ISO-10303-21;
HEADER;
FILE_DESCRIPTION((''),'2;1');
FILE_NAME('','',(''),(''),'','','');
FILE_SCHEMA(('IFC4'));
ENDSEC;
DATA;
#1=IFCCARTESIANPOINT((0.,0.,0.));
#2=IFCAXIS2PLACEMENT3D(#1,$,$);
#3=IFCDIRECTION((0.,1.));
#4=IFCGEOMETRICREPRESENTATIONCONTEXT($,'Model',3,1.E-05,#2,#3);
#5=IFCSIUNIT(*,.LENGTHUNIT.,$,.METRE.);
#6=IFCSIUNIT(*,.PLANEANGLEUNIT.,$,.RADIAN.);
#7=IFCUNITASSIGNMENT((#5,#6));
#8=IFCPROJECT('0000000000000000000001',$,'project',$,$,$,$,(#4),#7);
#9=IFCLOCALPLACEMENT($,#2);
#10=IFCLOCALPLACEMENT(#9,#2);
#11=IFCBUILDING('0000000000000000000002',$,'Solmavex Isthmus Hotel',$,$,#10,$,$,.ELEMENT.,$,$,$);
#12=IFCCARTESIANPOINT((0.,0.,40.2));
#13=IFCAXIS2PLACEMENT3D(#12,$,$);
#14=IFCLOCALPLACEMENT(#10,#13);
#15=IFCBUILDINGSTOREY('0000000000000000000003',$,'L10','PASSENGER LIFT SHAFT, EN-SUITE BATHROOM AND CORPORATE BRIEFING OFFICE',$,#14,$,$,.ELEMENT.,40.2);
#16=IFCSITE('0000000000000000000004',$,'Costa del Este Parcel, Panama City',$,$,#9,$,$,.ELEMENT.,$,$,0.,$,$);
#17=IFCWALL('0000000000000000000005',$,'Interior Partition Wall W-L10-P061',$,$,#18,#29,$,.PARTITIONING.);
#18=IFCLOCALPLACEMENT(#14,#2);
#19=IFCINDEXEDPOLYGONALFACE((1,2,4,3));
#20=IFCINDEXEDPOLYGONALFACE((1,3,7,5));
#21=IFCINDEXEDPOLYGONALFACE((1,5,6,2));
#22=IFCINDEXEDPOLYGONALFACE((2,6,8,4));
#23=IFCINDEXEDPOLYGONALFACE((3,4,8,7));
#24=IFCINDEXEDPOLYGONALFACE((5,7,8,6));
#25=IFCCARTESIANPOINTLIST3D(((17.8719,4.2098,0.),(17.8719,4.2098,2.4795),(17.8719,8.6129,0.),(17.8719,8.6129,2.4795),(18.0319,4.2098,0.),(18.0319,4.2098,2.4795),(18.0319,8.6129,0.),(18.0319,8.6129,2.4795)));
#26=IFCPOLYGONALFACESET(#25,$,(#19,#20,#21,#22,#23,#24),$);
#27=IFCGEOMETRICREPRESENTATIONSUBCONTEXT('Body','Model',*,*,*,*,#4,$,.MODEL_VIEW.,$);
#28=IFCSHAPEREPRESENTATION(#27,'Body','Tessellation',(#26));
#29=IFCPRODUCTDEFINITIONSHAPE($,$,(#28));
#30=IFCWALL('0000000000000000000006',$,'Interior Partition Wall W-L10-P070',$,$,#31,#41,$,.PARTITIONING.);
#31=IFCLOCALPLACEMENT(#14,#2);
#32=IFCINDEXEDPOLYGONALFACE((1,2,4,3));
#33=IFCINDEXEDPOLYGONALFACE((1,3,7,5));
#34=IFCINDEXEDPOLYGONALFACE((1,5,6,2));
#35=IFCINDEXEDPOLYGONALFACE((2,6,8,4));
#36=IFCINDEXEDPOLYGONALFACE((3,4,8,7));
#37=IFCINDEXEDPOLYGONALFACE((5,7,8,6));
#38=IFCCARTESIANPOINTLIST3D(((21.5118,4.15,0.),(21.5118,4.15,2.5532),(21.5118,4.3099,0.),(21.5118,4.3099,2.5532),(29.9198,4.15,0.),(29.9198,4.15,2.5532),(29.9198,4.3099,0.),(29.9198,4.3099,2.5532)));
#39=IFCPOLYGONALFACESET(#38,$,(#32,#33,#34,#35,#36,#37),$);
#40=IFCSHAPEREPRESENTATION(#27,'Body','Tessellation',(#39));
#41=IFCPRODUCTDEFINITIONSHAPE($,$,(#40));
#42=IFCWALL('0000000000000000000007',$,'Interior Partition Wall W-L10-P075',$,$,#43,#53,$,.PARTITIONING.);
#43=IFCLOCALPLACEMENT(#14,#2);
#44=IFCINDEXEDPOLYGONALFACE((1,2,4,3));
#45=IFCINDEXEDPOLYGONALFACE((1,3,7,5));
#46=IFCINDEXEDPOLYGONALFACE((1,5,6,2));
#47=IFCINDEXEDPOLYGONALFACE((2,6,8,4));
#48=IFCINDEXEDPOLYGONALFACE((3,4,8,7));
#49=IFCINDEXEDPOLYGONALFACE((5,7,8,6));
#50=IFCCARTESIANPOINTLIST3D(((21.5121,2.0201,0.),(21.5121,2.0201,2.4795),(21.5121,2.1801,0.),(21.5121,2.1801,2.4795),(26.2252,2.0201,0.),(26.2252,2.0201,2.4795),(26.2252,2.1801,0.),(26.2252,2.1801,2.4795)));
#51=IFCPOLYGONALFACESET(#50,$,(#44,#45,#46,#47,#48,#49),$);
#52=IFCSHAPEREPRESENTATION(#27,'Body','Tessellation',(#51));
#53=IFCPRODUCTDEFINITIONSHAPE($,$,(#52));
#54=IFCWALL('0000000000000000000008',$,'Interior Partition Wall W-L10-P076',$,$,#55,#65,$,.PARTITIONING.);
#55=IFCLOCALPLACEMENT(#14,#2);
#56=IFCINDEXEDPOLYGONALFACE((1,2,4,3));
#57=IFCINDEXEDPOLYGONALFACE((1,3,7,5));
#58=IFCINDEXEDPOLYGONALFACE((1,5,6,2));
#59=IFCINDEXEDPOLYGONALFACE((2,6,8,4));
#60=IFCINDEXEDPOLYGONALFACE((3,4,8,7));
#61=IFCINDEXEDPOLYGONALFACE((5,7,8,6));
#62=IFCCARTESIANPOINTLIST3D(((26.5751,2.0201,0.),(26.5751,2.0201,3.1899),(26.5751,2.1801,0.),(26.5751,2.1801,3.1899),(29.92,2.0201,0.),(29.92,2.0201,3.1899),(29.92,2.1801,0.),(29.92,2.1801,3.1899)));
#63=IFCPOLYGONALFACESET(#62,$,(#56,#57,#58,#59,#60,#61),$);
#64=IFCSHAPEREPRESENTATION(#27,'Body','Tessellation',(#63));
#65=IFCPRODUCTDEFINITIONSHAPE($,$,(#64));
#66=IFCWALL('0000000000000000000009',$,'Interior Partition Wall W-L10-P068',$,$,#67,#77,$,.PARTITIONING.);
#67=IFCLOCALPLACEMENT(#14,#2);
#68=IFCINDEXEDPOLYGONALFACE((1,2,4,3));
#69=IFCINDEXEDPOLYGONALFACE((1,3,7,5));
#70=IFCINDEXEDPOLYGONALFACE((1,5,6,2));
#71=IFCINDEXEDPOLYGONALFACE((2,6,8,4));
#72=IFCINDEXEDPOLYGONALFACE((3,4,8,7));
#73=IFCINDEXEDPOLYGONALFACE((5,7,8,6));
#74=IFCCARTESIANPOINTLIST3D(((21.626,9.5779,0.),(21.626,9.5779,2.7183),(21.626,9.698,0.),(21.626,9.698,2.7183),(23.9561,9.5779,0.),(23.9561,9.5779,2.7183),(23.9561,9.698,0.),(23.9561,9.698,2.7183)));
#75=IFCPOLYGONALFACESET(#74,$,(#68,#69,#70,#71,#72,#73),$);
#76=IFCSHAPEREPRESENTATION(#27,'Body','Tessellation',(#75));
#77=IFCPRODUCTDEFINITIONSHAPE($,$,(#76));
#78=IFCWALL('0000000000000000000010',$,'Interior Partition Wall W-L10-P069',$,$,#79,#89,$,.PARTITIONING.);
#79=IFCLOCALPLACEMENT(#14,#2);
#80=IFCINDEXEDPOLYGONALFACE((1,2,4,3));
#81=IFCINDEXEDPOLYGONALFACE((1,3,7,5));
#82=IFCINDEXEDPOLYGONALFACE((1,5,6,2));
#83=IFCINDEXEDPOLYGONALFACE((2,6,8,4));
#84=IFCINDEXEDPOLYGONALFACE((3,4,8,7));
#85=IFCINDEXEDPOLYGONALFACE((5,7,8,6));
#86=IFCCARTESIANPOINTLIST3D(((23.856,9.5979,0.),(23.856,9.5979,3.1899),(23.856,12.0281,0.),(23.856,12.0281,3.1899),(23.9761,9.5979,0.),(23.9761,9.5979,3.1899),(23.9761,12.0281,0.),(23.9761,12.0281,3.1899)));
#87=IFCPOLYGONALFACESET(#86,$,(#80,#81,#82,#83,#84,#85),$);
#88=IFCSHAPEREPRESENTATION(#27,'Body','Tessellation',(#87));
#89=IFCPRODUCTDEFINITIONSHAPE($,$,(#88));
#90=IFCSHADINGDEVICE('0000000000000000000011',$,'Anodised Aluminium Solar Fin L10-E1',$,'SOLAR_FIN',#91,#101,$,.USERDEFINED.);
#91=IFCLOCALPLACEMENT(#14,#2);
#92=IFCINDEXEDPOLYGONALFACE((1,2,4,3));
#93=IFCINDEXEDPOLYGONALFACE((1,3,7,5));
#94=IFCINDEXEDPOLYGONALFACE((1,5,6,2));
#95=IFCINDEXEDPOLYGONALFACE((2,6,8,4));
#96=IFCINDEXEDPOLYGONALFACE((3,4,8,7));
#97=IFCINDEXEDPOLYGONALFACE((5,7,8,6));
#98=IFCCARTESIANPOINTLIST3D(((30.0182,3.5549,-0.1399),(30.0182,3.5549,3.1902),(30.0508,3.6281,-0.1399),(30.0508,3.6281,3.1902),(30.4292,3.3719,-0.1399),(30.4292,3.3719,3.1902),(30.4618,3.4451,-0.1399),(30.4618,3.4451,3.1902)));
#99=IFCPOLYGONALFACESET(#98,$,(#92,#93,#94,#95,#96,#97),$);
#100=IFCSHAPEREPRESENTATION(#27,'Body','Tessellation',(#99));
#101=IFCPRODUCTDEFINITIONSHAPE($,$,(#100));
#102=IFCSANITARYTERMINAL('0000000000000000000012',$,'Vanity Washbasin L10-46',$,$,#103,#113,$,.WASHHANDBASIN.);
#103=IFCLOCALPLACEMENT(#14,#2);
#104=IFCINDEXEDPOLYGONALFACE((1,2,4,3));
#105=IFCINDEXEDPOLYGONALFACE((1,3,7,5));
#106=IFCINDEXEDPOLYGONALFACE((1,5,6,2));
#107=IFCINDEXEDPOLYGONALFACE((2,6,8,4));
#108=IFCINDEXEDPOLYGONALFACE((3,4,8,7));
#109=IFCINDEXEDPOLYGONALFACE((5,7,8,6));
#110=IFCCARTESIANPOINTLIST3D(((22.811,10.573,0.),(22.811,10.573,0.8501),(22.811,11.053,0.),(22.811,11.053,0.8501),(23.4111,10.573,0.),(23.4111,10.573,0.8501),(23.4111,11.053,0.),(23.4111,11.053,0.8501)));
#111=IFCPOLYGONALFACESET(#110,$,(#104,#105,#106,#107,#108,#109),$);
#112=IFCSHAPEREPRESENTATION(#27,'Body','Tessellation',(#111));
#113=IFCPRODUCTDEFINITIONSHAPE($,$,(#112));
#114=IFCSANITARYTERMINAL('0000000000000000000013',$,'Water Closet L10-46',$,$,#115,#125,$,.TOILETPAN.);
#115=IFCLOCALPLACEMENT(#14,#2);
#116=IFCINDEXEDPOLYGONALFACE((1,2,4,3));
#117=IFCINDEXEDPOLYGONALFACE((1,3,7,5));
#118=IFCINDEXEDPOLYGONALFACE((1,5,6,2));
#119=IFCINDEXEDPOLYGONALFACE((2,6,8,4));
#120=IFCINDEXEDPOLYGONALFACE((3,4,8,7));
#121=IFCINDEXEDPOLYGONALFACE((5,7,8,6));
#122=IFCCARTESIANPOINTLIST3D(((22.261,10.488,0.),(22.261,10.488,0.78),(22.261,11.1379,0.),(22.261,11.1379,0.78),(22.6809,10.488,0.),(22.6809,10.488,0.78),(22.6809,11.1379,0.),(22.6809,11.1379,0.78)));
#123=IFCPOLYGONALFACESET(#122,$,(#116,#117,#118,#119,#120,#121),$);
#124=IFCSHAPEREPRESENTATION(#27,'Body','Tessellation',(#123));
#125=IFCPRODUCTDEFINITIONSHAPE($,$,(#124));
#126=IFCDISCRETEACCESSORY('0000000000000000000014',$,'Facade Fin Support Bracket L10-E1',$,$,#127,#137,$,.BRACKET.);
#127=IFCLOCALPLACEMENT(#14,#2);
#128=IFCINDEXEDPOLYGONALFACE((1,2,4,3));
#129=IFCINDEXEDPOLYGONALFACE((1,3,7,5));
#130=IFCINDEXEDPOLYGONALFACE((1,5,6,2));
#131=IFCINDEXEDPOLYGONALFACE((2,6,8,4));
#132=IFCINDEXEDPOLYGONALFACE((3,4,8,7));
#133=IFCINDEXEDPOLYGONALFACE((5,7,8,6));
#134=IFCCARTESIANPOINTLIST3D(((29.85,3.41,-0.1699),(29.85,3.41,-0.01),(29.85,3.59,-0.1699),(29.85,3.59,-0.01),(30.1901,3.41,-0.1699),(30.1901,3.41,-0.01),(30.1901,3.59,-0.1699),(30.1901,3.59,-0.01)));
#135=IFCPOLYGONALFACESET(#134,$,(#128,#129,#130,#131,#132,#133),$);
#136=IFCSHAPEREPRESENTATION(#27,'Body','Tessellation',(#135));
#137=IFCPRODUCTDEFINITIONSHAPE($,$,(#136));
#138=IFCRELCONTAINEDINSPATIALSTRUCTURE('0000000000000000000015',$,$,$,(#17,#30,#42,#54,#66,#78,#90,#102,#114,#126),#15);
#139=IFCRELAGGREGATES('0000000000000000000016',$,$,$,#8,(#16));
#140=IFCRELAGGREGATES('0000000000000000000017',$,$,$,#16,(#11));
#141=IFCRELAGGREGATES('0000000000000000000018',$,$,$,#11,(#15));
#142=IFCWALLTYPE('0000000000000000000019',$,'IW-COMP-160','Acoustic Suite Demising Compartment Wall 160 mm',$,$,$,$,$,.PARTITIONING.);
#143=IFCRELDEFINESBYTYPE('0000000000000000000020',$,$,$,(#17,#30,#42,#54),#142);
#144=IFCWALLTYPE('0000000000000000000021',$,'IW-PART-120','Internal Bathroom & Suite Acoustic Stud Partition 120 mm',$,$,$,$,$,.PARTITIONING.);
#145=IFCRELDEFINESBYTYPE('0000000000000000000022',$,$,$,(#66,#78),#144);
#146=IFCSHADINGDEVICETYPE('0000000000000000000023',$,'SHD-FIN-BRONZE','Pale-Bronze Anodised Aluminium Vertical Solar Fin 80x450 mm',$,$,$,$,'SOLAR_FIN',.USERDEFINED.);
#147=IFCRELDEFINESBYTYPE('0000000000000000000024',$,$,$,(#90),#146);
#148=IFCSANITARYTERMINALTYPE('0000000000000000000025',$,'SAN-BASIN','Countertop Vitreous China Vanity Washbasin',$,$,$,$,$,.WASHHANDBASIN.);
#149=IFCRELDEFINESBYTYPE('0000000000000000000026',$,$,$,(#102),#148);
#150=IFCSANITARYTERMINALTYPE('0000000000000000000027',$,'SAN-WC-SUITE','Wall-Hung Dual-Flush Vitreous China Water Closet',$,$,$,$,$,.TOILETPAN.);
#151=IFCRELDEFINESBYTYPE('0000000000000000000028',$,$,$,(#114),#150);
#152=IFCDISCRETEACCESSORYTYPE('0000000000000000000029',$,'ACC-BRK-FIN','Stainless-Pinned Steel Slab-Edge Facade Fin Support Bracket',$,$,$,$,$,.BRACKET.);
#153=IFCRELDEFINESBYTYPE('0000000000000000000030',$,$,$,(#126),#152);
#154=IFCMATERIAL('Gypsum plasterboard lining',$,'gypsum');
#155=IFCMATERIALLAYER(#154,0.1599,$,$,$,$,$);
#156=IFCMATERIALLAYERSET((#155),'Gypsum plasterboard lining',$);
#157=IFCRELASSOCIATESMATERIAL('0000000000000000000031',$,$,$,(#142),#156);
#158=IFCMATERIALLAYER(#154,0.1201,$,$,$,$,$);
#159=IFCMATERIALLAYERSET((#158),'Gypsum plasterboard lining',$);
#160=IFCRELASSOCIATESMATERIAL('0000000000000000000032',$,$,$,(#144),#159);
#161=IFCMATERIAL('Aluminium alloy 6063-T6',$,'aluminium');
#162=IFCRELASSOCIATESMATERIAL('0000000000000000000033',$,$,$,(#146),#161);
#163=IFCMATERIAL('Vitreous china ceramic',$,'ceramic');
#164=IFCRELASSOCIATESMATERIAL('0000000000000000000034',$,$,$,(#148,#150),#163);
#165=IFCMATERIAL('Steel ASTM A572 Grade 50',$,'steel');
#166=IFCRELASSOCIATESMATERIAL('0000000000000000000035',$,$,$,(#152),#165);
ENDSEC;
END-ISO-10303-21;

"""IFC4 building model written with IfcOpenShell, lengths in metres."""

from ifc_helpers import new_model, si_unit, direction, frame, frame_2d, origin, origin_2d, place, context, subcontext, project, spatial, rectangle, extrude, material, layer, layer_set, type_object, element, save


model = new_model("IFC4")

# Units and contexts
model_context = context("Model", 3, precision=1e-05, world=origin(), true_north=direction((0.0, 1.0)))
body_context = subcontext(model_context, "Body", "Model", "MODEL_VIEW")
ifc_project = project(units=[si_unit("LENGTHUNIT", "METRE"), si_unit("PLANEANGLEUNIT", "RADIAN")], contexts=[model_context])

# Site, building, storey
site_placement = place(None, origin())
site = spatial("IfcSite", under=ifc_project, at=site_placement, Name="Costa del Este Parcel, Panama City", CompositionType="ELEMENT", RefElevation=0.0)
building_placement = place(site_placement, origin())
building = spatial("IfcBuilding", under=site, at=building_placement, Name="Solmavex Isthmus Hotel", CompositionType="ELEMENT")
storey_placement = place(building_placement, frame((0.0, 0.0, 40.2)))
storey = spatial("IfcBuildingStorey", under=building, at=storey_placement, Name="L10", Description="PASSENGER LIFT SHAFT, EN-SUITE BATHROOM AND CORPORATE BRIEFING OFFICE", CompositionType="ELEMENT", Elevation=40.2)

# Shared definitions
ifc_material_1 = material(Name="Aluminium alloy 6063-T6", Category="aluminium")

# Walls
ifc_material_2 = material(Name="Gypsum plasterboard lining", Category="gypsum")
ifc_layer_1 = layer(ifc_material_2, 0.1599)
ifc_layer_set_1 = layer_set([ifc_layer_1], Name="Gypsum plasterboard lining")
wall_type_1 = type_object("IfcWallType", Name="IW-COMP-160", Description="Acoustic Suite Demising Compartment Wall 160 mm", PredefinedType="PARTITIONING", material=ifc_layer_set_1)
wall_1_placement = place(storey_placement, frame((17.9519, 8.613, 0.0), z_axis=(0.0, 0.0, 1.0), x_axis=(0.0, -1.0, 0.0)))
element("IfcWall", 1, at=wall_1_placement, inside=storey, type_object=wall_type_1, Name="Interior Partition Wall W-L10-P061", PredefinedType="PARTITIONING", context=body_context, shape_type="SweptSolid", body=[
    extrude(rectangle(XDim=4.4031, YDim=0.1599, at=frame_2d((2.2017, 0.0))), origin(), (0.0, 0.0, 1.0), 2.4795),
])
wall_2_placement = place(storey_placement, frame((29.9199, 4.23, 0.0), z_axis=(0.0, 0.0, 1.0), x_axis=(-1.0, 0.0, 0.0)))
element("IfcWall", 2, at=wall_2_placement, inside=storey, type_object=wall_type_1, Name="Interior Partition Wall W-L10-P070", PredefinedType="PARTITIONING", context=body_context, shape_type="SweptSolid", body=[
    extrude(rectangle(XDim=8.408, YDim=0.1599, at=frame_2d((4.2041, 0.0))), origin(), (0.0, 0.0, 1.0), 2.5532),
])
wall_3_placement = place(storey_placement, frame((26.2251, 2.1001, 0.0), z_axis=(0.0, 0.0, 1.0), x_axis=(-1.0, 0.0, 0.0)))
element("IfcWall", 3, at=wall_3_placement, inside=storey, type_object=wall_type_1, Name="Interior Partition Wall W-L10-P075", PredefinedType="PARTITIONING", context=body_context, shape_type="SweptSolid", body=[
    extrude(rectangle(XDim=4.7131, YDim=0.1599, at=frame_2d((2.3564, 0.0))), origin(), (0.0, 0.0, 1.0), 2.4795),
])
wall_4_placement = place(storey_placement, frame((29.9199, 2.1001, 0.0), z_axis=(0.0, 0.0, 1.0), x_axis=(-1.0, 0.0, 0.0)))
element("IfcWall", 4, at=wall_4_placement, inside=storey, type_object=wall_type_1, Name="Interior Partition Wall W-L10-P076", PredefinedType="PARTITIONING", context=body_context, shape_type="SweptSolid", body=[
    extrude(rectangle(XDim=3.345, YDim=0.1599, at=frame_2d((1.6724, 0.0))), origin(), (0.0, 0.0, 1.0), 3.1899),
])

# Walls
ifc_layer_2 = layer(ifc_material_2, 0.1201)
ifc_layer_set_2 = layer_set([ifc_layer_2], Name="Gypsum plasterboard lining")
wall_type_2 = type_object("IfcWallType", Name="IW-PART-120", Description="Internal Bathroom & Suite Acoustic Stud Partition 120 mm", PredefinedType="PARTITIONING", material=ifc_layer_set_2)
wall_5_placement = place(storey_placement, frame((21.626, 9.6379, 0.0), z_axis=(0.0, 0.0, 1.0), x_axis=(1.0, 0.0, 0.0)))
element("IfcWall", 5, at=wall_5_placement, inside=storey, type_object=wall_type_2, Name="Interior Partition Wall W-L10-P068", PredefinedType="PARTITIONING", context=body_context, shape_type="SweptSolid", body=[
    extrude(rectangle(XDim=2.3301, YDim=0.1201, at=frame_2d((1.165, 0.0))), origin(), (0.0, 0.0, 1.0), 2.7183),
])
wall_6_placement = place(storey_placement, frame((23.916, 9.5979, 0.0), z_axis=(0.0, 0.0, 1.0), x_axis=(0.0, 1.0, 0.0)))
element("IfcWall", 6, at=wall_6_placement, inside=storey, type_object=wall_type_2, Name="Interior Partition Wall W-L10-P069", PredefinedType="PARTITIONING", context=body_context, shape_type="SweptSolid", body=[
    extrude(rectangle(XDim=2.4302, YDim=0.1201, at=frame_2d((1.2151, 0.0))), origin(), (0.0, 0.0, 1.0), 3.1899),
])

# Shading device
shading_device_type = type_object("IfcShadingDeviceType", Name="SHD-FIN-BRONZE", Description="Pale-Bronze Anodised Aluminium Vertical Solar Fin 80x450 mm", ElementType="SOLAR_FIN", PredefinedType="USERDEFINED", material=ifc_material_1)
shading_device_placement = place(storey_placement, frame((30.24, 3.5, -0.1399), z_axis=(0.0, 0.0, 1.0), x_axis=(0.913545, -0.406737, 0.0)))
element("IfcShadingDevice", 7, at=shading_device_placement, inside=storey, type_object=shading_device_type, Name="Anodised Aluminium Solar Fin L10-E1", ObjectType="SOLAR_FIN", PredefinedType="USERDEFINED", context=body_context, shape_type="SweptSolid", body=[
    extrude(rectangle(XDim=0.45, YDim=0.0801, at=origin_2d()), origin(), (0.0, 0.0, 1.0), 3.3301),
])

# Sanitary terminals
ifc_material_3 = material(Name="Vitreous china ceramic", Category="ceramic")
sanitary_terminal_type_1 = type_object("IfcSanitaryTerminalType", Name="SAN-BASIN", Description="Countertop Vitreous China Vanity Washbasin", PredefinedType="WASHHANDBASIN", material=ifc_material_3)
sanitary_terminal_1_placement = place(storey_placement, frame((23.1111, 10.813, 0.0), z_axis=(0.0, 0.0, 1.0), x_axis=(1.0, 0.0, 0.0)))
element("IfcSanitaryTerminal", 8, at=sanitary_terminal_1_placement, inside=storey, type_object=sanitary_terminal_type_1, Name="Vanity Washbasin L10-46", PredefinedType="WASHHANDBASIN", context=body_context, shape_type="SweptSolid", body=[
    extrude(rectangle(XDim=0.6001, YDim=0.48, at=origin_2d()), origin(), (0.0, 0.0, 1.0), 0.8501),
])
sanitary_terminal_type_2 = type_object("IfcSanitaryTerminalType", Name="SAN-WC-SUITE", Description="Wall-Hung Dual-Flush Vitreous China Water Closet", PredefinedType="TOILETPAN", material=ifc_material_3)
sanitary_terminal_2_placement = place(storey_placement, frame((22.4709, 10.813, 0.0), z_axis=(0.0, 0.0, 1.0), x_axis=(1.0, 0.0, 0.0)))
element("IfcSanitaryTerminal", 9, at=sanitary_terminal_2_placement, inside=storey, type_object=sanitary_terminal_type_2, Name="Water Closet L10-46", PredefinedType="TOILETPAN", context=body_context, shape_type="SweptSolid", body=[
    extrude(rectangle(XDim=0.4199, YDim=0.6499, at=origin_2d()), origin(), (0.0, 0.0, 1.0), 0.78),
])

# Discrete accessory
ifc_material_4 = material(Name="Steel ASTM A572 Grade 50", Category="steel")
discrete_accessory_type = type_object("IfcDiscreteAccessoryType", Name="ACC-BRK-FIN", Description="Stainless-Pinned Steel Slab-Edge Facade Fin Support Bracket", PredefinedType="BRACKET", material=ifc_material_4)
discrete_accessory_placement = place(storey_placement, frame((30.02, 3.5, -0.1699), z_axis=(0.0, 0.0, 1.0), x_axis=(1.0, 0.0, 0.0)))
element("IfcDiscreteAccessory", 10, at=discrete_accessory_placement, inside=storey, type_object=discrete_accessory_type, Name="Facade Fin Support Bracket L10-E1", PredefinedType="BRACKET", context=body_context, shape_type="SweptSolid", body=[
    extrude(rectangle(XDim=0.3401, YDim=0.1799, at=origin_2d()), origin(), (0.0, 0.0, 1.0), 0.1599),
])

save(model, "model.ifc")
